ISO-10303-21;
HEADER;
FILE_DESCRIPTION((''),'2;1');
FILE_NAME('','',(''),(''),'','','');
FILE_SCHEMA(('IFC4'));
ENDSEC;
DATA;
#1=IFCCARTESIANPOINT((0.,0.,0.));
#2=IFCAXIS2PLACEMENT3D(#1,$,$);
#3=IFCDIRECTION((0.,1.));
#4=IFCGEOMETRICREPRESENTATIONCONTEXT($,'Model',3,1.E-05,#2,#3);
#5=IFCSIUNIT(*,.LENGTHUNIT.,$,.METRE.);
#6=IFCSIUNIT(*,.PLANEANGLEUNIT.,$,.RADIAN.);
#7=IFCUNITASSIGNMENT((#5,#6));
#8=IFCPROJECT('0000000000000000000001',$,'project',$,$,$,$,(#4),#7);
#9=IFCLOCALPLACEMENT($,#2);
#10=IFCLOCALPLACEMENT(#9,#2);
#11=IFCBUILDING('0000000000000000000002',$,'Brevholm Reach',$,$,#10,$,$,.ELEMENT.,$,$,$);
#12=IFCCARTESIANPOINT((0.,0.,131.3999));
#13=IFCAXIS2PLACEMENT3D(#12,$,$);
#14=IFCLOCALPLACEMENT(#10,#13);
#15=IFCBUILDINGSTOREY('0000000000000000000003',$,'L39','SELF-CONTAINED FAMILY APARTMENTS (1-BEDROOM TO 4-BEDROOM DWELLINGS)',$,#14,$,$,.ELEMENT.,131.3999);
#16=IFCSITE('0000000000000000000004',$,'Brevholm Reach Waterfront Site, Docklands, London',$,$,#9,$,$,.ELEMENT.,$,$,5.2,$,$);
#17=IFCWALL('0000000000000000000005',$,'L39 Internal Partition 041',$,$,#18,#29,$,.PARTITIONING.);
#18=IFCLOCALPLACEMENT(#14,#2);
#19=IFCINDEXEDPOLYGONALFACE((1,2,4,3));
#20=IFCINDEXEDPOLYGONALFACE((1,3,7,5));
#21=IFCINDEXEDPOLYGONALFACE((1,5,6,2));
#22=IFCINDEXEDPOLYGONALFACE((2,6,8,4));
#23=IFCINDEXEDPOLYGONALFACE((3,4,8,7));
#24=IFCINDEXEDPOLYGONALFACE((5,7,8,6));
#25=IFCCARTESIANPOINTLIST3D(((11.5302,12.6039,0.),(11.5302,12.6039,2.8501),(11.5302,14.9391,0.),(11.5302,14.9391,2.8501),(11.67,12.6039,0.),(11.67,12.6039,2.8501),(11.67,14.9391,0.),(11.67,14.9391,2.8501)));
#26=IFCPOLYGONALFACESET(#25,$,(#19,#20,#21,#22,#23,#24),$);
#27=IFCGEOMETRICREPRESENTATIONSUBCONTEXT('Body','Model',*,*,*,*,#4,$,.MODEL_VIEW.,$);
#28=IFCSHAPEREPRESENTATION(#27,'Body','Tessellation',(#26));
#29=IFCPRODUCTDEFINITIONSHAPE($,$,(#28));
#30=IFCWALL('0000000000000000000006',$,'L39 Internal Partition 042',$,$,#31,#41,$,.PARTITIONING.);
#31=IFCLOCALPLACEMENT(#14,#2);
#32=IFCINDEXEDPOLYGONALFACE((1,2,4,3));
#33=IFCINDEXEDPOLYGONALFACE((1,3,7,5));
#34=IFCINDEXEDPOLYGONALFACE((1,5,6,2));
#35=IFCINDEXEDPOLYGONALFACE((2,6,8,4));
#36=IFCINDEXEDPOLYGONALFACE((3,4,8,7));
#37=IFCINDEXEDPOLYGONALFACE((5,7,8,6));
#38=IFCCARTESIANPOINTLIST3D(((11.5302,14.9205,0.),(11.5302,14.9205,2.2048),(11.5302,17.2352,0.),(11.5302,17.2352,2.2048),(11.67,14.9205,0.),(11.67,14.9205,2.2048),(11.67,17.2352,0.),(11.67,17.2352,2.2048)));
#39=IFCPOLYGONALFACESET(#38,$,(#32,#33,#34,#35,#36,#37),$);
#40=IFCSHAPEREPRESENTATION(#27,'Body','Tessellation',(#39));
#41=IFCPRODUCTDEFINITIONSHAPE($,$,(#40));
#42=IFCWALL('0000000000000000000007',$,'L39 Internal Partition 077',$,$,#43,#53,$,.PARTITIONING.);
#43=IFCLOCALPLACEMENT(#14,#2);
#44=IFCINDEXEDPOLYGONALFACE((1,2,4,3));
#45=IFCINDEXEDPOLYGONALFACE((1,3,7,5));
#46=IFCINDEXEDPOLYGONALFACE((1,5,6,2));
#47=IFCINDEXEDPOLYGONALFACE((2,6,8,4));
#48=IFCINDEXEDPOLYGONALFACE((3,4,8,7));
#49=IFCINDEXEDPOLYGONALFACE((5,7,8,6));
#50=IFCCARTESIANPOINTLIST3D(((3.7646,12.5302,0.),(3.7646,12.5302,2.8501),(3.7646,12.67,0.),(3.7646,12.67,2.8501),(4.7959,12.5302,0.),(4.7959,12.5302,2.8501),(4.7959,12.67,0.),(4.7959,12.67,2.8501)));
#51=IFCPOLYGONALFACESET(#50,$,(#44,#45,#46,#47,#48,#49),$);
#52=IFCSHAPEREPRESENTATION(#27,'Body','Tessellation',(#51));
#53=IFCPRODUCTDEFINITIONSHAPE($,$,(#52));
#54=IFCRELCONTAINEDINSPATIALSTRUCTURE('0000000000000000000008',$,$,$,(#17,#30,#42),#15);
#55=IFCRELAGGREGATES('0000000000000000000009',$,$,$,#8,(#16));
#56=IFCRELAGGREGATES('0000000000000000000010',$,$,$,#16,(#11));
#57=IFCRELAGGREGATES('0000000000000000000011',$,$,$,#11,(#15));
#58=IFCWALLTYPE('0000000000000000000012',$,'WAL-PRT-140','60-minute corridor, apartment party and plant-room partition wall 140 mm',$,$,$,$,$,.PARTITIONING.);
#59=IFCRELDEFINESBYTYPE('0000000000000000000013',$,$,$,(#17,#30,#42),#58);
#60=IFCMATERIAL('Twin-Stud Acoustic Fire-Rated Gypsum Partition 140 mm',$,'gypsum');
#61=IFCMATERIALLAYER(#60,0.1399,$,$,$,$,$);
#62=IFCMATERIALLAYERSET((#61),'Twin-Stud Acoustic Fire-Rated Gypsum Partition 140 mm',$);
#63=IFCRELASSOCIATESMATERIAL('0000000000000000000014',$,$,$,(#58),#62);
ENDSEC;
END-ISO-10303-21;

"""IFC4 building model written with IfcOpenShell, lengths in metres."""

from ifc_helpers import new_model, si_unit, direction, frame, frame_2d, origin, place, context, subcontext, project, spatial, rectangle, extrude, material, layer, layer_set, type_object, element, save


model = new_model("IFC4")

# Units and contexts
model_context = context("Model", 3, precision=1e-05, world=origin(), true_north=direction((0.0, 1.0)))
body_context = subcontext(model_context, "Body", "Model", "MODEL_VIEW")
ifc_project = project(units=[si_unit("LENGTHUNIT", "METRE"), si_unit("PLANEANGLEUNIT", "RADIAN")], contexts=[model_context])

# Site, building, storey
site_placement = place(None, origin())
site = spatial("IfcSite", under=ifc_project, at=site_placement, Name="Brevholm Reach Waterfront Site, Docklands, London", CompositionType="ELEMENT", RefElevation=5.2)
building_placement = place(site_placement, origin())
building = spatial("IfcBuilding", under=site, at=building_placement, Name="Brevholm Reach", CompositionType="ELEMENT")
storey_placement = place(building_placement, frame((0.0, 0.0, 131.3999)))
storey = spatial("IfcBuildingStorey", under=building, at=storey_placement, Name="L39", Description="SELF-CONTAINED FAMILY APARTMENTS (1-BEDROOM TO 4-BEDROOM DWELLINGS)", CompositionType="ELEMENT", Elevation=131.3999)

# Shared definitions
ifc_material_1 = material(Name="Twin-Stud Acoustic Fire-Rated Gypsum Partition 140 mm", Category="gypsum")
ifc_layer_1 = layer(ifc_material_1, 0.1399)
ifc_layer_set_1 = layer_set([ifc_layer_1], Name="Twin-Stud Acoustic Fire-Rated Gypsum Partition 140 mm")
wall_type_1 = type_object("IfcWallType", Name="WAL-PRT-140", Description="60-minute corridor, apartment party and plant-room partition wall 140 mm", PredefinedType="PARTITIONING", material=ifc_layer_set_1)

# Walls
wall_1_placement = place(storey_placement, frame((11.6001, 12.604, 0.0), z_axis=(0.0, 0.0, 1.0), x_axis=(0.0, 1.0, 0.0)))
element("IfcWall", 1, at=wall_1_placement, inside=storey, type_object=wall_type_1, Name="L39 Internal Partition 041", PredefinedType="PARTITIONING", context=body_context, shape_type="SweptSolid", body=[
    extrude(rectangle(XDim=2.3352, YDim=0.1399, at=frame_2d((1.1675, 0.0))), origin(), (0.0, 0.0, 1.0), 2.8501),
])
wall_2_placement = place(storey_placement, frame((11.6001, 14.9207, 0.0), z_axis=(0.0, 0.0, 1.0), x_axis=(0.0, 1.0, 0.0)))
element("IfcWall", 2, at=wall_2_placement, inside=storey, type_object=wall_type_1, Name="L39 Internal Partition 042", PredefinedType="PARTITIONING", context=body_context, shape_type="SweptSolid", body=[
    extrude(rectangle(XDim=2.3147, YDim=0.1399, at=frame_2d((1.1572, 0.0))), origin(), (0.0, 0.0, 1.0), 2.2048),
])
wall_3_placement = place(storey_placement, frame((3.7646, 12.6001, 0.0), z_axis=(0.0, 0.0, 1.0), x_axis=(1.0, 0.0, 0.0)))
element("IfcWall", 3, at=wall_3_placement, inside=storey, type_object=wall_type_1, Name="L39 Internal Partition 077", PredefinedType="PARTITIONING", context=body_context, shape_type="SweptSolid", body=[
    extrude(rectangle(XDim=1.0312, YDim=0.1399, at=frame_2d((0.5156, 0.0))), origin(), (0.0, 0.0, 1.0), 2.8501),
])

save(model, "model.ifc")
